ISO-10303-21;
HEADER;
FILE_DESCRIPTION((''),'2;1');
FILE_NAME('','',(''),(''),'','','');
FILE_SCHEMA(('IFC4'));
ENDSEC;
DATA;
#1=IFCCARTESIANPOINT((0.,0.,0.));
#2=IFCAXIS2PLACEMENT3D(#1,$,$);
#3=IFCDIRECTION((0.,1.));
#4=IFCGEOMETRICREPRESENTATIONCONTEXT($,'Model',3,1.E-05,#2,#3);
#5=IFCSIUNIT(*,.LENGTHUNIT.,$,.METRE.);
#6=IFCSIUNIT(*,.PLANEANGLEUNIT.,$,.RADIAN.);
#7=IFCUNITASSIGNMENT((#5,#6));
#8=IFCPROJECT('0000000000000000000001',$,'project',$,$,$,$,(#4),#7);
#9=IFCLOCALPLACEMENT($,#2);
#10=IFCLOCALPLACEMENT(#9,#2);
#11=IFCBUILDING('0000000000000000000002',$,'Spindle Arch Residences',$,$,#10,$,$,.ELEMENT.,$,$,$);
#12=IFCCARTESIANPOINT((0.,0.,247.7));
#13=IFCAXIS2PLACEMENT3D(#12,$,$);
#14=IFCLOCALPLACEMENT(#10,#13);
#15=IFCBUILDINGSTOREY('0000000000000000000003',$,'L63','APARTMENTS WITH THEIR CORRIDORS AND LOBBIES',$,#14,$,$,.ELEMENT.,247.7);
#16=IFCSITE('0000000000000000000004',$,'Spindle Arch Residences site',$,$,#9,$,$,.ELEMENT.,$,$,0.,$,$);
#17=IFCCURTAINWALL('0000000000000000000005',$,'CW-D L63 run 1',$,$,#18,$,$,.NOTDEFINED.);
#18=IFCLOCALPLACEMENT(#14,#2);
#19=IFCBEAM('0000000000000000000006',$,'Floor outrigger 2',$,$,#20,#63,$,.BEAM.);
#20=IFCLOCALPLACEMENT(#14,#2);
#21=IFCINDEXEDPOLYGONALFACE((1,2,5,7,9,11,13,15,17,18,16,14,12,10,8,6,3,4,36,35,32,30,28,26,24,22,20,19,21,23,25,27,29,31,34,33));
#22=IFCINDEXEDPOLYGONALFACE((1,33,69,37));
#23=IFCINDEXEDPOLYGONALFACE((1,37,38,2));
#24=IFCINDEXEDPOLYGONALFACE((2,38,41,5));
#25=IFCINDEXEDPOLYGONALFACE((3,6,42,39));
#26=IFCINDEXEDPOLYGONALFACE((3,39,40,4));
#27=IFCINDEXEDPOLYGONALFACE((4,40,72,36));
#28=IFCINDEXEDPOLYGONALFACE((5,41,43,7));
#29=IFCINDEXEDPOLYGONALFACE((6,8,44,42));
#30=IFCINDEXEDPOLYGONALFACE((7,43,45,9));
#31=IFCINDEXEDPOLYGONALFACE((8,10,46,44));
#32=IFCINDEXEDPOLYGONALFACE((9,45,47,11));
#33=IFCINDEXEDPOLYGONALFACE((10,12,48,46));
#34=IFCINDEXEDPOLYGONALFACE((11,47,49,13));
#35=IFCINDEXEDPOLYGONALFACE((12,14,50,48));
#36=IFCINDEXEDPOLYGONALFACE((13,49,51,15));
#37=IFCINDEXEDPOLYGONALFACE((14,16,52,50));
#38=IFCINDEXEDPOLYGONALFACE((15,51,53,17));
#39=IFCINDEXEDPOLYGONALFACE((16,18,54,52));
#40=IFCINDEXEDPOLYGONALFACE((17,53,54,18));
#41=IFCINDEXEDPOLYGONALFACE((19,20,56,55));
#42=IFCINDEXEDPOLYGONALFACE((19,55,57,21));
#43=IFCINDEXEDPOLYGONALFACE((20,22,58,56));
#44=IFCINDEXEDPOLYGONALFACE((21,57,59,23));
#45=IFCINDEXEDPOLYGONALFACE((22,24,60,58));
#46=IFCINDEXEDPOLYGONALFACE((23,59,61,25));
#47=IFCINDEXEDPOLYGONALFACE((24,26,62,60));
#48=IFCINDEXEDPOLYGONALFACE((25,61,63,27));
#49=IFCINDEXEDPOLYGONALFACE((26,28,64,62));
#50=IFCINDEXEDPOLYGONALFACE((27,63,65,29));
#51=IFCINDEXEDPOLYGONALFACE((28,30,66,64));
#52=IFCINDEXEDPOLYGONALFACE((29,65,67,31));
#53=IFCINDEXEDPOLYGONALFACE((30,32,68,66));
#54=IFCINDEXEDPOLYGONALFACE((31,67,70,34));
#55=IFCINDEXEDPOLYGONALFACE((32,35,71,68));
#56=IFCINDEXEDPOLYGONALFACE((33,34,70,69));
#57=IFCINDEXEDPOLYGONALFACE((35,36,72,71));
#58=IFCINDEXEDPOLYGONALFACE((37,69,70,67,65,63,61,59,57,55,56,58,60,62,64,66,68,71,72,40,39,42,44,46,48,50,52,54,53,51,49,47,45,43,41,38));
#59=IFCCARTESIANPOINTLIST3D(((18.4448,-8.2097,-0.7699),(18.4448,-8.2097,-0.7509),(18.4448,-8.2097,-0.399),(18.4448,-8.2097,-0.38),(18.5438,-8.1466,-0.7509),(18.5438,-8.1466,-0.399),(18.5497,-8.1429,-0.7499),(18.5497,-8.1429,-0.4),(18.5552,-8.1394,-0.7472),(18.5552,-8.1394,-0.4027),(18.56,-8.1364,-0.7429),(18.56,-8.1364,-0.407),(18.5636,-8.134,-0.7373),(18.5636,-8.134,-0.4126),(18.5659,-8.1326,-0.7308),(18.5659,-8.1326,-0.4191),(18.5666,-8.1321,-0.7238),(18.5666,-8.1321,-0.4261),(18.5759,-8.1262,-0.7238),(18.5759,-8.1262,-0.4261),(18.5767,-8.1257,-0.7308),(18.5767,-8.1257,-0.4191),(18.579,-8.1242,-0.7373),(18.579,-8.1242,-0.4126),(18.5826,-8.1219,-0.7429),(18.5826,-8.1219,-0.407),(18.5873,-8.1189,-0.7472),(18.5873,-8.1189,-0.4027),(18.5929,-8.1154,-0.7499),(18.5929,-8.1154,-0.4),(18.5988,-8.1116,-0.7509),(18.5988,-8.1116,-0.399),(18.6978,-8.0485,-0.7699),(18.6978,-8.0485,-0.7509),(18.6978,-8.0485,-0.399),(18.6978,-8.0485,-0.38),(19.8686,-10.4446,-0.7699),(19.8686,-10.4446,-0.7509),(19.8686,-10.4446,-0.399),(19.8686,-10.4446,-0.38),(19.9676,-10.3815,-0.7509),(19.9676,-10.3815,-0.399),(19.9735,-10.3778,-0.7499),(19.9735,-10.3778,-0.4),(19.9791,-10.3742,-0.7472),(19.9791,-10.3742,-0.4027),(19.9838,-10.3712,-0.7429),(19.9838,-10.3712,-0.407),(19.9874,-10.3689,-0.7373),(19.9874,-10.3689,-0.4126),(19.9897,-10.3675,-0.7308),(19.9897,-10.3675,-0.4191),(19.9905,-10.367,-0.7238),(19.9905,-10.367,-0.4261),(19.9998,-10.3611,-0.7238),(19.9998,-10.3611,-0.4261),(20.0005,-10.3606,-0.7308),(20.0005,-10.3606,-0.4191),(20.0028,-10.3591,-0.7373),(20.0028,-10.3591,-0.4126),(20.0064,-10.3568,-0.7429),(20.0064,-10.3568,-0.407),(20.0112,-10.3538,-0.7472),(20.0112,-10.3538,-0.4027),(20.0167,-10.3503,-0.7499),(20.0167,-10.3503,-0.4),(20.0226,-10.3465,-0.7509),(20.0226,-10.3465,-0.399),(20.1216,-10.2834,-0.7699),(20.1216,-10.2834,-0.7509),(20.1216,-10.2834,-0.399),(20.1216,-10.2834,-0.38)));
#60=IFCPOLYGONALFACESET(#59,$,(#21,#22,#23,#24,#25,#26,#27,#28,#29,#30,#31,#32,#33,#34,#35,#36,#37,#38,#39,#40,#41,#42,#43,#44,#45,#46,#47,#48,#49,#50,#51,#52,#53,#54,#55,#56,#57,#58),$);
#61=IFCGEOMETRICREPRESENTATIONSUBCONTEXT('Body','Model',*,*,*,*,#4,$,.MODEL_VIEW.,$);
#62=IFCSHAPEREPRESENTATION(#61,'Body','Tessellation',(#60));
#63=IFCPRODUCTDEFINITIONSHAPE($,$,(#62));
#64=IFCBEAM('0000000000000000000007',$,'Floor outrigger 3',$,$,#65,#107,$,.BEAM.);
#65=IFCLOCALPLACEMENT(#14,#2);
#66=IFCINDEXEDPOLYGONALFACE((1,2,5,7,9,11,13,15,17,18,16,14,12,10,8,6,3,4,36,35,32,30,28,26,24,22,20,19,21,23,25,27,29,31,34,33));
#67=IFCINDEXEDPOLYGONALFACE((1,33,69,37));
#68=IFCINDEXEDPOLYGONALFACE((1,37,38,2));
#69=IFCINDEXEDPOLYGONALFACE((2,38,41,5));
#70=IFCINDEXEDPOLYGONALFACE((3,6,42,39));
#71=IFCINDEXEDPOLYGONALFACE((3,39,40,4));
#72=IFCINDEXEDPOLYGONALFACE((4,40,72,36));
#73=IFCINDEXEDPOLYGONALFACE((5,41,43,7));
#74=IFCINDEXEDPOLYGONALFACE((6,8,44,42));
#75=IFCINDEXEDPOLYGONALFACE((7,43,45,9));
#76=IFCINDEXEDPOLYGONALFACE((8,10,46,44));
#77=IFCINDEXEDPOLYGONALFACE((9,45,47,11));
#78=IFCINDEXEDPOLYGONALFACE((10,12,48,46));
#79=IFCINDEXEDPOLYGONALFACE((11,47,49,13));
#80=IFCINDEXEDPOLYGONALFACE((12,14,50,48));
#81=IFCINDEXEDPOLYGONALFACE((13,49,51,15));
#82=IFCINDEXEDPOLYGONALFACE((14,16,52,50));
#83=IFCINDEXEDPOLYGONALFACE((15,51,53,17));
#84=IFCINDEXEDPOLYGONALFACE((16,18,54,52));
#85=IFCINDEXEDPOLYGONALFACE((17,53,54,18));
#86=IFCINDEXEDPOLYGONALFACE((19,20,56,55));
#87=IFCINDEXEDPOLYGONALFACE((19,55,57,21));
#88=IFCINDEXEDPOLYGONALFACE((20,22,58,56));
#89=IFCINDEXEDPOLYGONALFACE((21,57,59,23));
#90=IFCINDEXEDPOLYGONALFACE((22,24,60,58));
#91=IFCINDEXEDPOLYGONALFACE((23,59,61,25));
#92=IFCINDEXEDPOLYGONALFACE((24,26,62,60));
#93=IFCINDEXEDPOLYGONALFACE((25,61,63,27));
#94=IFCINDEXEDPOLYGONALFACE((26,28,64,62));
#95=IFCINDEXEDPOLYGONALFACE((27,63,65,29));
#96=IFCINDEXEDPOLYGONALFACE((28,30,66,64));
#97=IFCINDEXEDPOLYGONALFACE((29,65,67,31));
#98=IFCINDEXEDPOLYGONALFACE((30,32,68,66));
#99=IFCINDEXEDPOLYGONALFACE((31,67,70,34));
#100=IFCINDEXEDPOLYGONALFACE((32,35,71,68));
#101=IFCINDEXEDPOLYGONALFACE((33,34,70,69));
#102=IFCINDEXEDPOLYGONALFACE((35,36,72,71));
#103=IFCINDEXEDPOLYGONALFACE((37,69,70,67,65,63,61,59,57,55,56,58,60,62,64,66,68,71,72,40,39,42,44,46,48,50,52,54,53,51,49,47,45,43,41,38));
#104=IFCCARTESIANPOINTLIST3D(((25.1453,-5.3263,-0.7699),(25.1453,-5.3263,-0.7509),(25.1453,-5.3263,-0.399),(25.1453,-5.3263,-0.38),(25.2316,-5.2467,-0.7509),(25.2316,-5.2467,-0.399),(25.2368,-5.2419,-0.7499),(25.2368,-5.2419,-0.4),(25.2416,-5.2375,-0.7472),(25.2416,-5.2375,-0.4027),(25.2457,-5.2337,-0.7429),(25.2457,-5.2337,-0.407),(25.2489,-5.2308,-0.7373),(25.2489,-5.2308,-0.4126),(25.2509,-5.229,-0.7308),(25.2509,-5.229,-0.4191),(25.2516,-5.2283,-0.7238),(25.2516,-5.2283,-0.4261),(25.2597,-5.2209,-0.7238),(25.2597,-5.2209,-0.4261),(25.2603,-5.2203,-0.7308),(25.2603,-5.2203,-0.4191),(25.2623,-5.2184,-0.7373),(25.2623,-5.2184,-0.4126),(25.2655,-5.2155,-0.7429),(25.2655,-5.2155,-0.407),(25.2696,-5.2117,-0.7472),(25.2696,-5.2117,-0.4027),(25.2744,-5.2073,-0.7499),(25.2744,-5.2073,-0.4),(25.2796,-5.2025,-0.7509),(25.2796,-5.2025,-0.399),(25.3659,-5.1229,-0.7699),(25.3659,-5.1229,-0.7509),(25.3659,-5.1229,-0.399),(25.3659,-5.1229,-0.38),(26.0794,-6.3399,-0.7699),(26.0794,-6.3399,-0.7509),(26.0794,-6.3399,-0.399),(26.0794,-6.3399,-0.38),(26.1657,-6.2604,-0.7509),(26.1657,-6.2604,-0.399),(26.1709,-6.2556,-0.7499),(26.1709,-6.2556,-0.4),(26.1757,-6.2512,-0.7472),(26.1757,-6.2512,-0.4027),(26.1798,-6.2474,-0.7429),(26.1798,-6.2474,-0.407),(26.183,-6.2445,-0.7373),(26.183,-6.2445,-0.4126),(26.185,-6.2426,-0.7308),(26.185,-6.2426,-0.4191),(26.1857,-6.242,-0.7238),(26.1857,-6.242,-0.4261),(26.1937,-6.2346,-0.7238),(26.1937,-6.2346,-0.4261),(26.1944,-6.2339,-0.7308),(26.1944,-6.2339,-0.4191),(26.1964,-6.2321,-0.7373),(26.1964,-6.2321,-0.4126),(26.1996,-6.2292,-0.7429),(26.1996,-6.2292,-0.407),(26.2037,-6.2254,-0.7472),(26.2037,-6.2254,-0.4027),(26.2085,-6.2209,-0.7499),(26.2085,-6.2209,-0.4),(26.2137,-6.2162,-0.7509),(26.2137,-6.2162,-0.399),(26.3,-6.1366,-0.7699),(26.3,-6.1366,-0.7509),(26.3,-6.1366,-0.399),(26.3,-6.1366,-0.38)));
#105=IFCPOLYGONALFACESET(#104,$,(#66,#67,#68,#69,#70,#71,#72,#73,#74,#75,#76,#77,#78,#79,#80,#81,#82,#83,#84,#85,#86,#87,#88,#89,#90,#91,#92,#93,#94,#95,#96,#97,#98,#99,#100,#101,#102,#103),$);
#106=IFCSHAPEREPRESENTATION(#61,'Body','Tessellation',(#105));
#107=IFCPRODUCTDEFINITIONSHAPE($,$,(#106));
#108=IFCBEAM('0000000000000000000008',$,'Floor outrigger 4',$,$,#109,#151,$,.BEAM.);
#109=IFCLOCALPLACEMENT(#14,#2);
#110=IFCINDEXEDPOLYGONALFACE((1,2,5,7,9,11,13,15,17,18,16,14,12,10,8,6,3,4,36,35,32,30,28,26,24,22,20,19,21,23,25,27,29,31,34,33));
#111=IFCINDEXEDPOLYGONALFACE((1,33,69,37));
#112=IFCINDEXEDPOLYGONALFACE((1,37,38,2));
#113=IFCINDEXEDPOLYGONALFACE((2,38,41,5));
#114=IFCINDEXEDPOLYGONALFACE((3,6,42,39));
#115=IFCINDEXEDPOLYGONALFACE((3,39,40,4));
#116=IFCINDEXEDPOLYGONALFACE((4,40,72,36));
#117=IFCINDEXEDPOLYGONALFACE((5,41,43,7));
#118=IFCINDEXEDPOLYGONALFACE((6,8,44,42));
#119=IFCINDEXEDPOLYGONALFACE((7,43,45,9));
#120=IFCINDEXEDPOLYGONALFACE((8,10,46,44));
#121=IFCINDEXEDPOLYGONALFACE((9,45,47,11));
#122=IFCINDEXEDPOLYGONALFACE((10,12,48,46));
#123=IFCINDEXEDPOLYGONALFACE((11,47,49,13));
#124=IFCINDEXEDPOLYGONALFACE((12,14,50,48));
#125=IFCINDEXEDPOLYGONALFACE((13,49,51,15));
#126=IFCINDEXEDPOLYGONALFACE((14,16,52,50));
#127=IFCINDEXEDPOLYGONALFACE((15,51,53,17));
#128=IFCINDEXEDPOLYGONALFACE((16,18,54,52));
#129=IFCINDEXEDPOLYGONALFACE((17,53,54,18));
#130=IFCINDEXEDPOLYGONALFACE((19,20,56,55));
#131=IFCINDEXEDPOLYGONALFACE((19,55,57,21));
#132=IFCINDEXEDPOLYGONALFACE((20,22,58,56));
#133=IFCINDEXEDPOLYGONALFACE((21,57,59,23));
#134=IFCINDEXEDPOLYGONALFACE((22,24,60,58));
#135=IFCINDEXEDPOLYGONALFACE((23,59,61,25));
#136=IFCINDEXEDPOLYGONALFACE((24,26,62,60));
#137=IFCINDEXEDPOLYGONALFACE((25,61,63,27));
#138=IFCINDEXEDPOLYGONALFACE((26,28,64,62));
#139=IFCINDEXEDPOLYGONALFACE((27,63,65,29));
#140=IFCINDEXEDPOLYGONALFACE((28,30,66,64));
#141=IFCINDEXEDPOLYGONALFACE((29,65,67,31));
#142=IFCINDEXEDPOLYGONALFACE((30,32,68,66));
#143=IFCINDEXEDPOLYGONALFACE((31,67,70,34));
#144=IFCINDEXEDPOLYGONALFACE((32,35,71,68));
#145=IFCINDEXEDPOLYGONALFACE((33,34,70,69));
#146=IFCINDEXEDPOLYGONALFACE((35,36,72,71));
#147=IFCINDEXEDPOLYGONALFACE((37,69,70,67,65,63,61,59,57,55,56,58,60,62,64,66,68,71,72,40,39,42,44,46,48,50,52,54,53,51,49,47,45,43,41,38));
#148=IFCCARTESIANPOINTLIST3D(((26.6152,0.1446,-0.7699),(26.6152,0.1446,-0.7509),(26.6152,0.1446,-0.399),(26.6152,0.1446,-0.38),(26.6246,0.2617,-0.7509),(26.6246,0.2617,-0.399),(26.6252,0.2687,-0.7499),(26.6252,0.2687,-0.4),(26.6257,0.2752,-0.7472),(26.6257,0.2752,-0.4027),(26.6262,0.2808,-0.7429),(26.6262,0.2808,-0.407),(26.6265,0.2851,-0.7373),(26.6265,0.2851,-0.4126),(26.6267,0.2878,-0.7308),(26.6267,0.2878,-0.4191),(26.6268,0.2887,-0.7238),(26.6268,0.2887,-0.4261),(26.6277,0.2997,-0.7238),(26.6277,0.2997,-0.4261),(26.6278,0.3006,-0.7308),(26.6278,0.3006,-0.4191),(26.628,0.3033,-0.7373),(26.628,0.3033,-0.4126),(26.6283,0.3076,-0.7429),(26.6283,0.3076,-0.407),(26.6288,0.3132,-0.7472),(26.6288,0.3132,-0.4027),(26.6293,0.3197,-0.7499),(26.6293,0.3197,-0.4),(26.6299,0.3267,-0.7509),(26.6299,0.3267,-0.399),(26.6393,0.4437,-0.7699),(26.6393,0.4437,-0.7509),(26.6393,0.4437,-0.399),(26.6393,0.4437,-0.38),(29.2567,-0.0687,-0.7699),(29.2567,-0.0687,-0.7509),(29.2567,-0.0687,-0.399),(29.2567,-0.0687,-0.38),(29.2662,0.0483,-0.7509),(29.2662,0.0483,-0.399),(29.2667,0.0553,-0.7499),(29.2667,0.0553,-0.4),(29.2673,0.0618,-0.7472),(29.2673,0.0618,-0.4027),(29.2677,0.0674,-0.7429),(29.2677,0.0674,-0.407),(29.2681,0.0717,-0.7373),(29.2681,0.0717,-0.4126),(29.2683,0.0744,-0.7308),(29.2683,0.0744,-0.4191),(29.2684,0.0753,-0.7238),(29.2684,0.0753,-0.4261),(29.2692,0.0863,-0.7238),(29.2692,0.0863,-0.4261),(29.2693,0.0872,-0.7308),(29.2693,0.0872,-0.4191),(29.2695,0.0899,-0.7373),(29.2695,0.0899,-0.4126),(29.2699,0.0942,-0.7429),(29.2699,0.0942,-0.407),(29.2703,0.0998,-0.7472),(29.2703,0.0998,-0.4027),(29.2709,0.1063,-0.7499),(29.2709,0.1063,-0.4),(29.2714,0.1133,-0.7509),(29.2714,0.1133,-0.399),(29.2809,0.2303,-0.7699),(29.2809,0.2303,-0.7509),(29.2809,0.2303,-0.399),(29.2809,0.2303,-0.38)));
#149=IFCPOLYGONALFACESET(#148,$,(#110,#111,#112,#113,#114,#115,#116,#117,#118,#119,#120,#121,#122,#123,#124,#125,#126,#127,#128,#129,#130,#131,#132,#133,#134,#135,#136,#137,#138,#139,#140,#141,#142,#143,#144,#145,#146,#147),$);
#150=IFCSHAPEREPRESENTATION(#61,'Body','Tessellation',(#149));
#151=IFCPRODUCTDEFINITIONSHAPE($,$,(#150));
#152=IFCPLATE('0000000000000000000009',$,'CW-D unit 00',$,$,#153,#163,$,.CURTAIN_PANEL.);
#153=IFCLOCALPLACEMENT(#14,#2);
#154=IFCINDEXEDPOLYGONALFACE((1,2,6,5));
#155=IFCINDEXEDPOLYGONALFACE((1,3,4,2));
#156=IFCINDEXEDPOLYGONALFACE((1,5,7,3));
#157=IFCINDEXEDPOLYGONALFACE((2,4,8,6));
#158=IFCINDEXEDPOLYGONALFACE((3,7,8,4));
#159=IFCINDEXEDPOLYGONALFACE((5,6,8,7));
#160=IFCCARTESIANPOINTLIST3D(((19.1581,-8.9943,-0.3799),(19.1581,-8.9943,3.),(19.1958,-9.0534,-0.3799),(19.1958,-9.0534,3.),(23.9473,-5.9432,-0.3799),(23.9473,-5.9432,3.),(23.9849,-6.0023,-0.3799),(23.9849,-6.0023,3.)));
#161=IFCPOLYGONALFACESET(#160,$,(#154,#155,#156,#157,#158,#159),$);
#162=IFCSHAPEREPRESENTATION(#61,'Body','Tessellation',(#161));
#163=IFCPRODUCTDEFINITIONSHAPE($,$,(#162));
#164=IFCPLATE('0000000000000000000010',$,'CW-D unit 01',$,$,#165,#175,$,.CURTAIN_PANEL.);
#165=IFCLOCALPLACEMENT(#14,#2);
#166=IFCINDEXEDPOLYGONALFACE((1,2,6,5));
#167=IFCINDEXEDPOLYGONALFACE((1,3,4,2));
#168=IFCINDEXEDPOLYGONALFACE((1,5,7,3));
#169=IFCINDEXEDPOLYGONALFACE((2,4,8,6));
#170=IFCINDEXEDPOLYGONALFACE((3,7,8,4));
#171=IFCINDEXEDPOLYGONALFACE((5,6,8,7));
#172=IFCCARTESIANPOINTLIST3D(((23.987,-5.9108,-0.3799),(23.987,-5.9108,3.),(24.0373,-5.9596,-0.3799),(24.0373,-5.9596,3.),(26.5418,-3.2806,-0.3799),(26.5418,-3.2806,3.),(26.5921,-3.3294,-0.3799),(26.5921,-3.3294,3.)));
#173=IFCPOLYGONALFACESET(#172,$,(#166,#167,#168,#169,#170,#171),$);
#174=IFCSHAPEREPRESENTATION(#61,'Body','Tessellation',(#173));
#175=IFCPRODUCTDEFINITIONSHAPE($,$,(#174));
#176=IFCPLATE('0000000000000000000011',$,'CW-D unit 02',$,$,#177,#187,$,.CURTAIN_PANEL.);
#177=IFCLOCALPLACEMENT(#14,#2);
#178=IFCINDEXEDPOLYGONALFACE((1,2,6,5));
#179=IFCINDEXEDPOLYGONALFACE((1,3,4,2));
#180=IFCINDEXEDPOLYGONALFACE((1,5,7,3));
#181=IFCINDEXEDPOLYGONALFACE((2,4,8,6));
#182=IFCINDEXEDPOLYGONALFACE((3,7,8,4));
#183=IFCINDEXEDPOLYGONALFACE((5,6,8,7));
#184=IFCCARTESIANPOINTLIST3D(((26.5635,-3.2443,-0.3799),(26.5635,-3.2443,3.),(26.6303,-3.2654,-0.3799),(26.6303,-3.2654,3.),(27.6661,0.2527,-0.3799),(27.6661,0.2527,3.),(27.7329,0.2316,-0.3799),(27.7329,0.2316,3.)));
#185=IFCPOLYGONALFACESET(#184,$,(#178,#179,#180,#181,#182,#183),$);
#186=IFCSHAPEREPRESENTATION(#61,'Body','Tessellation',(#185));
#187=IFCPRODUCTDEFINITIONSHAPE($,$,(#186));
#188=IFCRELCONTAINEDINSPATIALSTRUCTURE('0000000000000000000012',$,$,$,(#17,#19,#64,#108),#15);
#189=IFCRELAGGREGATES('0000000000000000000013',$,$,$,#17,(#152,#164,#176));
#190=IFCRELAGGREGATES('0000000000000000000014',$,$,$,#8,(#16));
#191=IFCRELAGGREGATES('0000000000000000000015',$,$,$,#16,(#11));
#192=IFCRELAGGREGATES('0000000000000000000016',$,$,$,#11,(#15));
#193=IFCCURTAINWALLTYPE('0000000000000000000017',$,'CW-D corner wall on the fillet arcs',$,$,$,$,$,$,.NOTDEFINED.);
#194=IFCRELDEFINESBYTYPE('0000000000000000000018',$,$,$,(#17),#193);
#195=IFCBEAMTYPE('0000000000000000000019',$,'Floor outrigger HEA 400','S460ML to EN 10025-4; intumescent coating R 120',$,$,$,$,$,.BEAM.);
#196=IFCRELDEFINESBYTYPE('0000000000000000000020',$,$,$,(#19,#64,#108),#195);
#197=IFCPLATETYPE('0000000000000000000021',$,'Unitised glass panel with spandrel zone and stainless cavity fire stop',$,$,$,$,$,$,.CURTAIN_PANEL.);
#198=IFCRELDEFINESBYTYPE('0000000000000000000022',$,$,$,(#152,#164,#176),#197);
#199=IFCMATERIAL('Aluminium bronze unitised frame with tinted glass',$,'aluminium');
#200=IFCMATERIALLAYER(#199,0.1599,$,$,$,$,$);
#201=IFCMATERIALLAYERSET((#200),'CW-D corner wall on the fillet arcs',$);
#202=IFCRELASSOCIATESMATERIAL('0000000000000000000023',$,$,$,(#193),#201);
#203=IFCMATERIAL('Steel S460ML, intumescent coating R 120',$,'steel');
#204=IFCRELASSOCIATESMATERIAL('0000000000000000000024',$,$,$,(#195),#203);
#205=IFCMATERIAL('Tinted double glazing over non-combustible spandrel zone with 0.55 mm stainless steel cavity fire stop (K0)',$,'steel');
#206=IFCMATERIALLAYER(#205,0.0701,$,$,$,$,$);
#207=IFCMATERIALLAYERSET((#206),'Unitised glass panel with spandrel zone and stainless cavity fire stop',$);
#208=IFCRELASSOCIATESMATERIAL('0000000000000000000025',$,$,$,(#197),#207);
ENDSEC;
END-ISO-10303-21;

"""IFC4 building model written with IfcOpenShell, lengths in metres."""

from ifc_helpers import new_model, si_unit, direction, frame, origin, origin_2d, place, context, subcontext, project, spatial, rectangle, i_section, extrude, material, layer, layer_set, material_profile, profile_set, type_object, element, aggregate, save


model = new_model("IFC4")

# Units and contexts
model_context = context("Model", 3, precision=1e-05, world=origin(), true_north=direction((0.0, 1.0)))
body_context = subcontext(model_context, "Body", "Model", "MODEL_VIEW")
ifc_project = project(units=[si_unit("LENGTHUNIT", "METRE"), si_unit("PLANEANGLEUNIT", "RADIAN")], contexts=[model_context])

# Site, building, storey
site_placement = place(None, origin())
site = spatial("IfcSite", under=ifc_project, at=site_placement, Name="Spindle Arch Residences site", CompositionType="ELEMENT", RefElevation=0.0)
building_placement = place(site_placement, origin())
building = spatial("IfcBuilding", under=site, at=building_placement, Name="Spindle Arch Residences", CompositionType="ELEMENT")
storey_placement = place(building_placement, frame((0.0, 0.0, 247.7)))
storey = spatial("IfcBuildingStorey", under=building, at=storey_placement, Name="L63", Description="APARTMENTS WITH THEIR CORRIDORS AND LOBBIES", CompositionType="ELEMENT", Elevation=247.7)

# Curtain wall
ifc_material_1 = material(Name="Aluminium bronze unitised frame with tinted glass", Category="aluminium")
ifc_layer_1 = layer(ifc_material_1, 0.1599)
ifc_layer_set_1 = layer_set([ifc_layer_1], Name="CW-D corner wall on the fillet arcs")
curtain_wall_type = type_object("IfcCurtainWallType", Name="CW-D corner wall on the fillet arcs", PredefinedType="NOTDEFINED", material=ifc_layer_set_1)
curtain_wall_placement = place(storey_placement, origin())
curtain_wall = element("IfcCurtainWall", 1, at=curtain_wall_placement, inside=storey, type_object=curtain_wall_type, Name="CW-D L63 run 1", PredefinedType="NOTDEFINED")

# Beams
ifc_material_2 = material(Name="Steel S460ML, intumescent coating R 120", Category="steel")
ifc_material_profile_1 = material_profile(ifc_material_2, i_section(OverallWidth=0.3, OverallDepth=0.3899, WebThickness=0.011, FlangeThickness=0.019, FilletRadius=0.0271, at=origin_2d()), Name="HEA 400")
ifc_profile_set_1 = profile_set([ifc_material_profile_1], Name="Steel S460ML, intumescent coating R 120")
beam_type_1 = type_object("IfcBeamType", Name="Floor outrigger HEA 400", Description="S460ML to EN 10025-4; intumescent coating R 120", PredefinedType="BEAM", material=ifc_profile_set_1)
beam_1_placement = place(storey_placement, frame((19.9951, -10.364, -0.575), z_axis=(-0.537317, 0.843381, 0.0), x_axis=(-0.843381, -0.537317, 0.0)))
element("IfcBeam", 2, at=beam_1_placement, inside=storey, type_object=beam_type_1, Name="Floor outrigger 2", PredefinedType="BEAM", context=body_context, shape_type="SweptSolid", body=[
    extrude(i_section(OverallWidth=0.3, OverallDepth=0.3899, WebThickness=0.011, FlangeThickness=0.019, FilletRadius=0.0271, at=origin_2d()), origin(), (0.0, 0.0, 1.0), 2.6499),
])
beam_2_placement = place(storey_placement, frame((26.1897, -6.2383, -0.575), z_axis=(-0.677647, 0.735387, 0.0), x_axis=(-0.735387, -0.677647, 0.0)))
element("IfcBeam", 3, at=beam_2_placement, inside=storey, type_object=beam_type_1, Name="Floor outrigger 3", PredefinedType="BEAM", context=body_context, shape_type="SweptSolid", body=[
    extrude(i_section(OverallWidth=0.3, OverallDepth=0.3899, WebThickness=0.011, FlangeThickness=0.019, FilletRadius=0.0271, at=origin_2d()), origin(), (0.0, 0.0, 1.0), 1.3784),
])
beam_3_placement = place(storey_placement, frame((29.2688, 0.0808, -0.575), z_axis=(-0.996753, 0.080514, 0.0), x_axis=(-0.080514, -0.996753, 0.0)))
element("IfcBeam", 4, at=beam_3_placement, inside=storey, type_object=beam_type_1, Name="Floor outrigger 4", PredefinedType="BEAM", context=body_context, shape_type="SweptSolid", body=[
    extrude(i_section(OverallWidth=0.3, OverallDepth=0.3899, WebThickness=0.011, FlangeThickness=0.019, FilletRadius=0.0271, at=origin_2d()), origin(), (0.0, 0.0, 1.0), 2.6501),
])

# Plates
ifc_material_3 = material(Name="Tinted double glazing over non-combustible spandrel zone with 0.55 mm stainless steel cavity fire stop (K0)", Category="steel")
ifc_layer_2 = layer(ifc_material_3, 0.0701)
ifc_layer_set_2 = layer_set([ifc_layer_2], Name="Unitised glass panel with spandrel zone and stainless cavity fire stop")
plate_type = type_object("IfcPlateType", Name="Unitised glass panel with spandrel zone and stainless cavity fire stop", PredefinedType="CURTAIN_PANEL", material=ifc_layer_set_2)
plate_1_placement = place(storey_placement, frame((21.5715, -7.4983, -0.3799), z_axis=(0.0, 0.0, 1.0), x_axis=(0.843391, 0.5373, 0.0)))
plate_1 = element("IfcPlate", 5, at=plate_1_placement, type_object=plate_type, Name="CW-D unit 00", PredefinedType="CURTAIN_PANEL", context=body_context, shape_type="SweptSolid", body=[
    extrude(rectangle(XDim=5.6785, YDim=0.0701, at=origin_2d()), origin(), (0.0, 0.0, 1.0), 3.3799),
])
plate_2_placement = place(storey_placement, frame((25.2896, -4.6201, -0.3799), z_axis=(0.0, 0.0, 1.0), x_axis=(0.696748, 0.717316, 0.0)))
plate_2 = element("IfcPlate", 6, at=plate_2_placement, type_object=plate_type, Name="CW-D unit 01", PredefinedType="CURTAIN_PANEL", context=body_context, shape_type="SweptSolid", body=[
    extrude(rectangle(XDim=3.6667, YDim=0.0701, at=origin_2d()), origin(), (0.0, 0.0, 1.0), 3.3799),
])
plate_3_placement = place(storey_placement, frame((27.1482, -1.5063, -0.3799), z_axis=(0.0, 0.0, 1.0), x_axis=(0.300706, 0.953717, 0.0)))
plate_3 = element("IfcPlate", 7, at=plate_3_placement, type_object=plate_type, Name="CW-D unit 02", PredefinedType="CURTAIN_PANEL", context=body_context, shape_type="SweptSolid", body=[
    extrude(rectangle(XDim=3.6667, YDim=0.0701, at=origin_2d()), origin(), (0.0, 0.0, 1.0), 3.3799),
])
aggregate(curtain_wall, [plate_1, plate_2, plate_3])

save(model, "model.ifc")
